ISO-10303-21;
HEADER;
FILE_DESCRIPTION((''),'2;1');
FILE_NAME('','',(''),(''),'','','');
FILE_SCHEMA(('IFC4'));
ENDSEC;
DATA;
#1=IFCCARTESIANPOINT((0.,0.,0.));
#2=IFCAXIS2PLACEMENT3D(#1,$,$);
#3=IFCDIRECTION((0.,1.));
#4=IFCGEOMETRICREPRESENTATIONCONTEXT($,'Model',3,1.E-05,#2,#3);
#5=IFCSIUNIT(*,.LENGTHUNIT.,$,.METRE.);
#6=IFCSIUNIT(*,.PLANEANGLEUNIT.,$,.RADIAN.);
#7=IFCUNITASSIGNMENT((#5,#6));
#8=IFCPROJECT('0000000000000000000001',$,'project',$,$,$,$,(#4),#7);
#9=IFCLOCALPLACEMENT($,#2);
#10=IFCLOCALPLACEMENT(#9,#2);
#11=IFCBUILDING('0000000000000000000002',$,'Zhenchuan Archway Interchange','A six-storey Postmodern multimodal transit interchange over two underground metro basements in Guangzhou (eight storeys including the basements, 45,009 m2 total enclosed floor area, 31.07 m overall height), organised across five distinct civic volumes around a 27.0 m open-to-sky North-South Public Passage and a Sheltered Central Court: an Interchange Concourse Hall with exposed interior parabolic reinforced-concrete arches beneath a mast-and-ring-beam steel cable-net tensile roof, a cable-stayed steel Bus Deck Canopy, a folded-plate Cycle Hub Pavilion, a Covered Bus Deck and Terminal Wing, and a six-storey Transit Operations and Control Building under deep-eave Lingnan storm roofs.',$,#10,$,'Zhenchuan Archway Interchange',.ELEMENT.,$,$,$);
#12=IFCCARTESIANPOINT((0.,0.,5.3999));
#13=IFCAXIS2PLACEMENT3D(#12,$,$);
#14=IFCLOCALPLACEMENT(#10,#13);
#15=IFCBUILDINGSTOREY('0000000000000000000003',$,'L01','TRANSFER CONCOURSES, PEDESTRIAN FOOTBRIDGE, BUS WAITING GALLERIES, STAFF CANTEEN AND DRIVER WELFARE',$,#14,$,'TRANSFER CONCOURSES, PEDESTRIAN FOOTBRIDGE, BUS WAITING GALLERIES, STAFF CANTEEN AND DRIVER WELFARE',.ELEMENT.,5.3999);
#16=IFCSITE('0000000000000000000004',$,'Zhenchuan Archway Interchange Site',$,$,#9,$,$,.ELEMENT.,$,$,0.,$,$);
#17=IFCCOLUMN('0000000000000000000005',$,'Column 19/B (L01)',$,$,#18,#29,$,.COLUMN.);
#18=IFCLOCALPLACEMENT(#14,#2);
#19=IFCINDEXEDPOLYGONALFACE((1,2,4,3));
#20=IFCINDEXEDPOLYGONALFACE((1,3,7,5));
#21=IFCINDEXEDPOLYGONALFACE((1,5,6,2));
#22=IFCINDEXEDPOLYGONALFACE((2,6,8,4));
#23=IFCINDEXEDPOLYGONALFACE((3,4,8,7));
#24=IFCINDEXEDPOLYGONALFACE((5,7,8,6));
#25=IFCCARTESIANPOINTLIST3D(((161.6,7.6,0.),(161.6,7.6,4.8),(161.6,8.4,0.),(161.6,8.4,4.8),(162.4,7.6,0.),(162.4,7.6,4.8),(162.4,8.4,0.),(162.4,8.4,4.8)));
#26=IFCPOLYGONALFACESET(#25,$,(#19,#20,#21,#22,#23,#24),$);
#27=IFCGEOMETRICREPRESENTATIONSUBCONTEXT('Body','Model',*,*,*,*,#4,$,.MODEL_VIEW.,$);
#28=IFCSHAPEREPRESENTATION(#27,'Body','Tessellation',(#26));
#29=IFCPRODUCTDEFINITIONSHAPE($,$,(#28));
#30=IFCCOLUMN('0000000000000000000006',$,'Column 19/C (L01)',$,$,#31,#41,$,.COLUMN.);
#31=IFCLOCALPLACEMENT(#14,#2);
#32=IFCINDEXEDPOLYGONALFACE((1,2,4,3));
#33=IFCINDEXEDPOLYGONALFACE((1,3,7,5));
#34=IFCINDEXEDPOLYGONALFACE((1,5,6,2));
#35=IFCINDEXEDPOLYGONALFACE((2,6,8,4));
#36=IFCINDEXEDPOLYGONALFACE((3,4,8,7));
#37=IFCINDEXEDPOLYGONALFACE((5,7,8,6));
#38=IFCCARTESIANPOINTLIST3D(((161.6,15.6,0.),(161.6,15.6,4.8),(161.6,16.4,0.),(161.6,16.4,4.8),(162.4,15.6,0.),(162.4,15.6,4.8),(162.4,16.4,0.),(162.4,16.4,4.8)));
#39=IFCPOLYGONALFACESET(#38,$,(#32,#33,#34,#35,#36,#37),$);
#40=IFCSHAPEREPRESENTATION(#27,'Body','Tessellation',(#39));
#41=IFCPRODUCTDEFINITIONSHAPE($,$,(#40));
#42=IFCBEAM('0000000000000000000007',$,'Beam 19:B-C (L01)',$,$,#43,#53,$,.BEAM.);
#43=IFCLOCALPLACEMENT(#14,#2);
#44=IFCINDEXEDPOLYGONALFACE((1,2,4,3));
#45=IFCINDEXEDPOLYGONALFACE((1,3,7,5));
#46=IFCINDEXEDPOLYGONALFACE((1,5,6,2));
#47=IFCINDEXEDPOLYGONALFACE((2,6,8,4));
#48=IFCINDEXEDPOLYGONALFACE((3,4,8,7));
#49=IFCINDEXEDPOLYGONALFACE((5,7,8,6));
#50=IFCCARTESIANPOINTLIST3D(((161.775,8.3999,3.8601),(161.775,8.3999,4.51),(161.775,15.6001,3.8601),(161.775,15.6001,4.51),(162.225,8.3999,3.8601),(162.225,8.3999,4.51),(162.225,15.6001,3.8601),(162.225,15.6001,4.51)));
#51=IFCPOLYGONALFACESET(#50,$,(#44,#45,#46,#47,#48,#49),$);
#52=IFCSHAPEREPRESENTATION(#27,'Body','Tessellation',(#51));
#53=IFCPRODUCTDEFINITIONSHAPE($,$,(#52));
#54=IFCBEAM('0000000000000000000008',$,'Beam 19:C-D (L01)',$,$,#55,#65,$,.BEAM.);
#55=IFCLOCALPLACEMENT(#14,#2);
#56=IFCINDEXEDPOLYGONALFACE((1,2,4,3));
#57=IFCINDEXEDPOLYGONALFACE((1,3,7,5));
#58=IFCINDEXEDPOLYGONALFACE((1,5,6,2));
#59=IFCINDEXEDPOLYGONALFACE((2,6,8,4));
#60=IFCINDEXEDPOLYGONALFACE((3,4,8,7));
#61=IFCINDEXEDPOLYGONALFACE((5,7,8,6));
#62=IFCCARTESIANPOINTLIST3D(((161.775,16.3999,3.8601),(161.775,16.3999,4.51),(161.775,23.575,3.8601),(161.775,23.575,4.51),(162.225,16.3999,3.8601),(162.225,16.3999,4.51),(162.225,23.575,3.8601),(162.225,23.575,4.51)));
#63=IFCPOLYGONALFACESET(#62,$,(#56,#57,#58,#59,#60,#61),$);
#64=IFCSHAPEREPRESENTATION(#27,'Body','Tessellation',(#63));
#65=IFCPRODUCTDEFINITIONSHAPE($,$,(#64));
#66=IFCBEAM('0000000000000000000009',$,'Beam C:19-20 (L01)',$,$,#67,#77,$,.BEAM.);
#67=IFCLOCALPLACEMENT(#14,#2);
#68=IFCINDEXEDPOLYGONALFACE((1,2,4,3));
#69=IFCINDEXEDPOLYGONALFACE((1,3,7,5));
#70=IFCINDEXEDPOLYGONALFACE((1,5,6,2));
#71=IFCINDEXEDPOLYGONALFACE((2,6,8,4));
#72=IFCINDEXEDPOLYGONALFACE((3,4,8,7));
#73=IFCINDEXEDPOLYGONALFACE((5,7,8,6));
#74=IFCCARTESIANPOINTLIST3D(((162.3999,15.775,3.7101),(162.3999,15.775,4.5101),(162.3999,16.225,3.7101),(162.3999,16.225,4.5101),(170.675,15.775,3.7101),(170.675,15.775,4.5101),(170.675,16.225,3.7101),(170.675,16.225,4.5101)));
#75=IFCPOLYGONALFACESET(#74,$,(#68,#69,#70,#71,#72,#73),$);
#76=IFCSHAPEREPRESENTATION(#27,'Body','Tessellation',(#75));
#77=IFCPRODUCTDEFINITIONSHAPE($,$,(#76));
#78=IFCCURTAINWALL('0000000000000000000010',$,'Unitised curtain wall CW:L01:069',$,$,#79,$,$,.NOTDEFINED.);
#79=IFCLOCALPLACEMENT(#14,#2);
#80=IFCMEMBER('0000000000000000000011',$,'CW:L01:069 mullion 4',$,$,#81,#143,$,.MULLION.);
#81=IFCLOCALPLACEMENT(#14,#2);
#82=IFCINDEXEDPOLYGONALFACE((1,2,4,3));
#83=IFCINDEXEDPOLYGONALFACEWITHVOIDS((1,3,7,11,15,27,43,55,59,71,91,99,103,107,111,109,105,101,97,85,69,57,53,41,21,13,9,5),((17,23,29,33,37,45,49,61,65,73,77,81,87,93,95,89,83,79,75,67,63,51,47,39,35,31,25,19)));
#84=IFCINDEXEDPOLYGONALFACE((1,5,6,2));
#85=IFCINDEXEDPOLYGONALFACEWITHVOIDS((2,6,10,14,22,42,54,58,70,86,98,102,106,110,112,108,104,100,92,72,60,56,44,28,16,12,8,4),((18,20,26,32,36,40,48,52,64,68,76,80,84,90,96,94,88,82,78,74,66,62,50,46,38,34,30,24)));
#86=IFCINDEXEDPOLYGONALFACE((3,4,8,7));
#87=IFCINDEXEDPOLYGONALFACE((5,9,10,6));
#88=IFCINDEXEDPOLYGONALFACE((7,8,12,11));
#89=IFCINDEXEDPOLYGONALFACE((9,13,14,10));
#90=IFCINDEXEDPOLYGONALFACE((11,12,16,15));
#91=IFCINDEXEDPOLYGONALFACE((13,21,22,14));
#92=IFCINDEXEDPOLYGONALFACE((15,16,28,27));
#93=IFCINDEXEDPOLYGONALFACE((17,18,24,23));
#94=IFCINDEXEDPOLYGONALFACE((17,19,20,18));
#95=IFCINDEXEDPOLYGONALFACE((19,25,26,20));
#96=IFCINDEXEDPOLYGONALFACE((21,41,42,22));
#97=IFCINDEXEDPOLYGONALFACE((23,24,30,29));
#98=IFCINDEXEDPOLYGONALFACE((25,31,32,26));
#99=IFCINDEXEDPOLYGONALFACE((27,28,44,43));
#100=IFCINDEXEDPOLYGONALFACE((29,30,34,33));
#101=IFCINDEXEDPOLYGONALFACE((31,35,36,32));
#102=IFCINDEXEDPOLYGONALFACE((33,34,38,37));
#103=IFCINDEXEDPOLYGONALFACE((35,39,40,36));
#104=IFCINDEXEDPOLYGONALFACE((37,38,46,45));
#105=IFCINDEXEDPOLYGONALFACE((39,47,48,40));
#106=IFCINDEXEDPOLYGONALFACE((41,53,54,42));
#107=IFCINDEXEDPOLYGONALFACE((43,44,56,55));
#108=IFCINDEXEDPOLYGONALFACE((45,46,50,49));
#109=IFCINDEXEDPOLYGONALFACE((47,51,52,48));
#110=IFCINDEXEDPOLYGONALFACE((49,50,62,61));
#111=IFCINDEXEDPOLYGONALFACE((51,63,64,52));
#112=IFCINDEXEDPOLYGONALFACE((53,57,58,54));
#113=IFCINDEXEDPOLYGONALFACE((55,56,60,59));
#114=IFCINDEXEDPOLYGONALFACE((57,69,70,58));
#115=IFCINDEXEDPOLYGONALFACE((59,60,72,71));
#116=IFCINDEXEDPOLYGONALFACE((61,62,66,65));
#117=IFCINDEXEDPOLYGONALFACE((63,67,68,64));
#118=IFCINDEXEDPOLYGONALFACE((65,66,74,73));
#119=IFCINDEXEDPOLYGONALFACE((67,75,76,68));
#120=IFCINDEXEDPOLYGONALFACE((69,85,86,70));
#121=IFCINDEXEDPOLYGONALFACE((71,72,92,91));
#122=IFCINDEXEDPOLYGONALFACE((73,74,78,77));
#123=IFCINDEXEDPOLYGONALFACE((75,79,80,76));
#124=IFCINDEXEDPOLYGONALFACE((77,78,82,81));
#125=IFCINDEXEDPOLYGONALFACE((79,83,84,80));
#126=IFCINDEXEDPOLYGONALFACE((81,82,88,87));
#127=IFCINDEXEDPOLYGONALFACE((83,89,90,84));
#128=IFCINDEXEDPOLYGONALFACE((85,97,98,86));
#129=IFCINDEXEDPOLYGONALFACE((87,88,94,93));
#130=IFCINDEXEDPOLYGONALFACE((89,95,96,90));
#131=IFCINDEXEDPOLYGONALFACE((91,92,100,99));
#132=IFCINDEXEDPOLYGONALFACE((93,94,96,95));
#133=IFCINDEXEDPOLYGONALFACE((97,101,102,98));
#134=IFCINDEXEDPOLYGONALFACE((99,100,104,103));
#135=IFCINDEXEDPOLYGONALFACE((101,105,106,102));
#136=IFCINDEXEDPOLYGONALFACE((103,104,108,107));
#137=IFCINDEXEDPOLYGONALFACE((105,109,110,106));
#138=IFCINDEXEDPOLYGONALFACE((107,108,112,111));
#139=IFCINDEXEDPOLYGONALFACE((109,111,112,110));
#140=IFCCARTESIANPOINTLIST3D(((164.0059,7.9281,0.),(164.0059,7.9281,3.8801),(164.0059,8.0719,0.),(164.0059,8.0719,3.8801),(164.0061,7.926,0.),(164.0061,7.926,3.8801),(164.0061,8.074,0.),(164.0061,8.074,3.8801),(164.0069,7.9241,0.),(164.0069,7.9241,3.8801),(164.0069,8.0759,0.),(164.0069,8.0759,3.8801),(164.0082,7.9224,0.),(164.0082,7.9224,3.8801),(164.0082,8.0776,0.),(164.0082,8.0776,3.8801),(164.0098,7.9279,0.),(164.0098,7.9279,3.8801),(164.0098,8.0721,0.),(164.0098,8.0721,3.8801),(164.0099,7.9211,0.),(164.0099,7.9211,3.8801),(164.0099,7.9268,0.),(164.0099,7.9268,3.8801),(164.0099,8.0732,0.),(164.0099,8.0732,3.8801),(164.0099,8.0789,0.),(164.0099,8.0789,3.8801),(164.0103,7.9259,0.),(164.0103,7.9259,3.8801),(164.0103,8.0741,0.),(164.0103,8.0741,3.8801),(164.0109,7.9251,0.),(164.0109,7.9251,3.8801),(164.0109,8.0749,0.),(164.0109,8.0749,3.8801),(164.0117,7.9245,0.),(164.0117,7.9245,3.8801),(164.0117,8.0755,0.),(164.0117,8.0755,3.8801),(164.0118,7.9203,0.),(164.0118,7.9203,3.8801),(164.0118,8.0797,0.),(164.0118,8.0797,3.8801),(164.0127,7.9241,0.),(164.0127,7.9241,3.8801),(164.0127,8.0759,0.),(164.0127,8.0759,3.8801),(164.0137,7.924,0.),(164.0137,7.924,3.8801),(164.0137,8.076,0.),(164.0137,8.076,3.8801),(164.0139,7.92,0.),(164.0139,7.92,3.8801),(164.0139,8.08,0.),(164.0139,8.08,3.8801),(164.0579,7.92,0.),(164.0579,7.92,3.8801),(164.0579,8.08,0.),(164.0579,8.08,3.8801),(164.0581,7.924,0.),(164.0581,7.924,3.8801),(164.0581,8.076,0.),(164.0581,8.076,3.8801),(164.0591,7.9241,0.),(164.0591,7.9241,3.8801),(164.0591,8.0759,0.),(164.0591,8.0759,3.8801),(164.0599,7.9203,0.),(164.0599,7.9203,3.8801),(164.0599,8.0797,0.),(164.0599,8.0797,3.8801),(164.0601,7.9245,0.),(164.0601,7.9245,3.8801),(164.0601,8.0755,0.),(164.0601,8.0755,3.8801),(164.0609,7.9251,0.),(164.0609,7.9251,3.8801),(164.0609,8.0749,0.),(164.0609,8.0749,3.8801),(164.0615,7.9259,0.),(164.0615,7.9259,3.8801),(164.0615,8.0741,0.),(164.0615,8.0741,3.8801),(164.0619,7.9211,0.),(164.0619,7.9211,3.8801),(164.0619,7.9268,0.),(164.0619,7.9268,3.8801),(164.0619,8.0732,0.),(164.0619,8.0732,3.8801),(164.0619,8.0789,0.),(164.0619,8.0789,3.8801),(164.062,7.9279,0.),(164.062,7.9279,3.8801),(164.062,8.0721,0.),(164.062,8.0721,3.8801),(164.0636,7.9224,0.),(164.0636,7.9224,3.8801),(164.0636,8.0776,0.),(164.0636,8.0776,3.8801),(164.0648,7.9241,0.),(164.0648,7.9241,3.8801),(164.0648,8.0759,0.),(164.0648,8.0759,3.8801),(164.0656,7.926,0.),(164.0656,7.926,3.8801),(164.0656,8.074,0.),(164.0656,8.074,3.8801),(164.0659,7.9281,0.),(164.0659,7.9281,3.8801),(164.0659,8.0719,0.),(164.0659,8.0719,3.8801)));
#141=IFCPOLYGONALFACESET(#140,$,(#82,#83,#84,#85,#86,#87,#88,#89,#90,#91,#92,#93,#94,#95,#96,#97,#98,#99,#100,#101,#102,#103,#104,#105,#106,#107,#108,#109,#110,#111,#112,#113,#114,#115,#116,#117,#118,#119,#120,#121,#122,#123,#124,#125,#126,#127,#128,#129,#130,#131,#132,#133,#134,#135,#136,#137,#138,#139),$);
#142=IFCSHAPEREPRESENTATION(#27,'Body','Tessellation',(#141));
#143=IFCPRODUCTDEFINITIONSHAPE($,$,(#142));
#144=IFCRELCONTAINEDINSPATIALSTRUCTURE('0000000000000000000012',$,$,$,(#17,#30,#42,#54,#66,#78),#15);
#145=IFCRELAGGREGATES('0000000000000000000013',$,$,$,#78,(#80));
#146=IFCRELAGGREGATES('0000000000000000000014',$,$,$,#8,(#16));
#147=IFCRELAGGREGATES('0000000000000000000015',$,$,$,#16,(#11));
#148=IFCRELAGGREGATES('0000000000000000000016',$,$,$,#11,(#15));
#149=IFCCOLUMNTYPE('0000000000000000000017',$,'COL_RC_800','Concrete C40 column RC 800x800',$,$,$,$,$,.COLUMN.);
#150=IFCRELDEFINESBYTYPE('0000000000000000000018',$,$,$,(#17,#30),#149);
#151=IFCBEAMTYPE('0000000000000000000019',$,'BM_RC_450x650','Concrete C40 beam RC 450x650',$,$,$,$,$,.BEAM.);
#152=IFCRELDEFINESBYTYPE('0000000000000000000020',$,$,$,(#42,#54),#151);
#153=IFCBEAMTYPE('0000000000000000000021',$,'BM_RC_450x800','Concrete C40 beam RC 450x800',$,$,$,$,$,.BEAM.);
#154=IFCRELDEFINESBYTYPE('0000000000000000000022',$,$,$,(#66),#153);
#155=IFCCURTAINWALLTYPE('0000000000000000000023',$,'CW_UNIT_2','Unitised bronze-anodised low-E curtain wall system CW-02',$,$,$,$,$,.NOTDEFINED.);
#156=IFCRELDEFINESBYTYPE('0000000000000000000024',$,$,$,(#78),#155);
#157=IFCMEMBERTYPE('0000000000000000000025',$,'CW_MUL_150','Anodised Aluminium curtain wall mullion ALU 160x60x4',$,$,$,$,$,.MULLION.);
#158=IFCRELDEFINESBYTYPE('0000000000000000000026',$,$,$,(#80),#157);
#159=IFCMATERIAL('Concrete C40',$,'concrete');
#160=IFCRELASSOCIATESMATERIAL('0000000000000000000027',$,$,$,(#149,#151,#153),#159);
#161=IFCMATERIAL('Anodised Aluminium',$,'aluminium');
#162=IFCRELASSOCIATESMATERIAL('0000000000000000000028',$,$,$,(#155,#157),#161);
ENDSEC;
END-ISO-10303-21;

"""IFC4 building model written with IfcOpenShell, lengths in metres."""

from ifc_helpers import new_model, si_unit, direction, frame, origin, origin_2d, place, context, subcontext, project, spatial, rectangle, hollow_rectangle, extrude, material, material_profile, profile_set, type_object, element, aggregate, save


model = new_model("IFC4")

# Units and contexts
model_context = context("Model", 3, precision=1e-05, world=origin(), true_north=direction((0.0, 1.0)))
body_context = subcontext(model_context, "Body", "Model", "MODEL_VIEW")
ifc_project = project(units=[si_unit("LENGTHUNIT", "METRE"), si_unit("PLANEANGLEUNIT", "RADIAN")], contexts=[model_context])

# Site, building, storey
site_placement = place(None, origin())
site = spatial("IfcSite", under=ifc_project, at=site_placement, Name="Zhenchuan Archway Interchange Site", CompositionType="ELEMENT", RefElevation=0.0)
building_placement = place(site_placement, origin())
building = spatial("IfcBuilding", under=site, at=building_placement, Name="Zhenchuan Archway Interchange", Description="A six-storey Postmodern multimodal transit interchange over two underground metro basements in Guangzhou (eight storeys including the basements, 45,009 m2 total enclosed floor area, 31.07 m overall height), organised across five distinct civic volumes around a 27.0 m open-to-sky North-South Public Passage and a Sheltered Central Court: an Interchange Concourse Hall with exposed interior parabolic reinforced-concrete arches beneath a mast-and-ring-beam steel cable-net tensile roof, a cable-stayed steel Bus Deck Canopy, a folded-plate Cycle Hub Pavilion, a Covered Bus Deck and Terminal Wing, and a six-storey Transit Operations and Control Building under deep-eave Lingnan storm roofs.", LongName="Zhenchuan Archway Interchange", CompositionType="ELEMENT")
storey_placement = place(building_placement, frame((0.0, 0.0, 5.3999)))
storey = spatial("IfcBuildingStorey", under=building, at=storey_placement, Name="L01", Description="TRANSFER CONCOURSES, PEDESTRIAN FOOTBRIDGE, BUS WAITING GALLERIES, STAFF CANTEEN AND DRIVER WELFARE", LongName="TRANSFER CONCOURSES, PEDESTRIAN FOOTBRIDGE, BUS WAITING GALLERIES, STAFF CANTEEN AND DRIVER WELFARE", CompositionType="ELEMENT", Elevation=5.3999)

# Columns
ifc_material_1 = material(Name="Concrete C40", Category="concrete")
ifc_material_profile_1 = material_profile(ifc_material_1, rectangle(XDim=0.8, YDim=0.8, at=origin_2d()), Name="RC 800x800")
ifc_profile_set_1 = profile_set([ifc_material_profile_1], Name="Concrete C40")
column_type = type_object("IfcColumnType", Name="COL_RC_800", Description="Concrete C40 column RC 800x800", PredefinedType="COLUMN", material=ifc_profile_set_1)
for number, where, z_axis, x_axis, name in (
    (1, (162.0, 8.0, 0.0), (0.0, 0.0, 1.0), (1.0, 0.0, 0.0), "Column 19/B (L01)"),
    (2, (162.0, 16.0, 0.0), (0.0, 0.0, 1.0), (1.0, 0.0, 0.0), "Column 19/C (L01)"),
):
    element("IfcColumn", number, at=place(storey_placement, frame(where, z_axis=z_axis, x_axis=x_axis)), inside=storey, type_object=column_type, Name=name, PredefinedType="COLUMN", context=body_context, shape_type="SweptSolid", body=[
        extrude(rectangle(XDim=0.8, YDim=0.8, at=origin_2d()), origin(), (0.0, 0.0, 1.0), 4.8),
    ])

# Beams
ifc_material_profile_2 = material_profile(ifc_material_1, rectangle(XDim=0.45, YDim=0.6499, at=origin_2d()), Name="RC 450x650")
ifc_profile_set_2 = profile_set([ifc_material_profile_2], Name="Concrete C40")
beam_type_1 = type_object("IfcBeamType", Name="BM_RC_450x650", Description="Concrete C40 beam RC 450x650", PredefinedType="BEAM", material=ifc_profile_set_2)
beam_1_placement = place(storey_placement, frame((162.0, 8.3999, 4.1851), z_axis=(0.0, 1.0, 0.0), x_axis=(-1.0, 0.0, 0.0)))
element("IfcBeam", 3, at=beam_1_placement, inside=storey, type_object=beam_type_1, Name="Beam 19:B-C (L01)", PredefinedType="BEAM", context=body_context, shape_type="SweptSolid", body=[
    extrude(rectangle(XDim=0.45, YDim=0.6499, at=origin_2d()), origin(), (0.0, 0.0, 1.0), 7.2002),
])
beam_2_placement = place(storey_placement, frame((162.0, 16.3999, 4.1851), z_axis=(0.0, 1.0, 0.0), x_axis=(-1.0, 0.0, 0.0)))
element("IfcBeam", 4, at=beam_2_placement, inside=storey, type_object=beam_type_1, Name="Beam 19:C-D (L01)", PredefinedType="BEAM", context=body_context, shape_type="SweptSolid", body=[
    extrude(rectangle(XDim=0.45, YDim=0.6499, at=origin_2d()), origin(), (0.0, 0.0, 1.0), 7.175),
])
ifc_material_profile_3 = material_profile(ifc_material_1, rectangle(XDim=0.45, YDim=0.8, at=origin_2d()), Name="RC 450x800")
ifc_profile_set_3 = profile_set([ifc_material_profile_3], Name="Concrete C40")
beam_type_2 = type_object("IfcBeamType", Name="BM_RC_450x800", Description="Concrete C40 beam RC 450x800", PredefinedType="BEAM", material=ifc_profile_set_3)
beam_3_placement = place(storey_placement, frame((162.3999, 16.0, 4.1101), z_axis=(1.0, 0.0, 0.0), x_axis=(0.0, 1.0, 0.0)))
element("IfcBeam", 5, at=beam_3_placement, inside=storey, type_object=beam_type_2, Name="Beam C:19-20 (L01)", PredefinedType="BEAM", context=body_context, shape_type="SweptSolid", body=[
    extrude(rectangle(XDim=0.45, YDim=0.8, at=origin_2d()), origin(), (0.0, 0.0, 1.0), 8.2751),
])

# Curtain wall, member
ifc_material_2 = material(Name="Anodised Aluminium", Category="aluminium")
curtain_wall_type = type_object("IfcCurtainWallType", Name="CW_UNIT_2", Description="Unitised bronze-anodised low-E curtain wall system CW-02", PredefinedType="NOTDEFINED", material=ifc_material_2)
curtain_wall_placement = place(storey_placement, origin())
curtain_wall = element("IfcCurtainWall", 6, at=curtain_wall_placement, inside=storey, type_object=curtain_wall_type, Name="Unitised curtain wall CW:L01:069", PredefinedType="NOTDEFINED")
ifc_material_profile_4 = material_profile(ifc_material_2, hollow_rectangle(XDim=0.0601, YDim=0.1599, WallThickness=0.0039, InnerFilletRadius=0.0039, OuterFilletRadius=0.0081, at=origin_2d()), Name="ALU 160x60x4")
ifc_profile_set_4 = profile_set([ifc_material_profile_4], Name="Anodised Aluminium")
member_type_1 = type_object("IfcMemberType", Name="CW_MUL_150", Description="Anodised Aluminium curtain wall mullion ALU 160x60x4", PredefinedType="MULLION", material=ifc_profile_set_4)
member_1_placement = place(storey_placement, frame((164.0359, 8.0, 0.0), z_axis=(0.0, 0.0, 1.0), x_axis=(1.0, 0.0, 0.0)))
member_1 = element("IfcMember", 7, at=member_1_placement, type_object=member_type_1, Name="CW:L01:069 mullion 4", PredefinedType="MULLION", context=body_context, shape_type="SweptSolid", body=[
    extrude(hollow_rectangle(XDim=0.0601, YDim=0.1599, WallThickness=0.0039, InnerFilletRadius=0.0039, OuterFilletRadius=0.0081, at=origin_2d()), origin(), (0.0, 0.0, 1.0), 3.8801),
])

aggregate(curtain_wall, [member_1])

save(model, "model.ifc")
